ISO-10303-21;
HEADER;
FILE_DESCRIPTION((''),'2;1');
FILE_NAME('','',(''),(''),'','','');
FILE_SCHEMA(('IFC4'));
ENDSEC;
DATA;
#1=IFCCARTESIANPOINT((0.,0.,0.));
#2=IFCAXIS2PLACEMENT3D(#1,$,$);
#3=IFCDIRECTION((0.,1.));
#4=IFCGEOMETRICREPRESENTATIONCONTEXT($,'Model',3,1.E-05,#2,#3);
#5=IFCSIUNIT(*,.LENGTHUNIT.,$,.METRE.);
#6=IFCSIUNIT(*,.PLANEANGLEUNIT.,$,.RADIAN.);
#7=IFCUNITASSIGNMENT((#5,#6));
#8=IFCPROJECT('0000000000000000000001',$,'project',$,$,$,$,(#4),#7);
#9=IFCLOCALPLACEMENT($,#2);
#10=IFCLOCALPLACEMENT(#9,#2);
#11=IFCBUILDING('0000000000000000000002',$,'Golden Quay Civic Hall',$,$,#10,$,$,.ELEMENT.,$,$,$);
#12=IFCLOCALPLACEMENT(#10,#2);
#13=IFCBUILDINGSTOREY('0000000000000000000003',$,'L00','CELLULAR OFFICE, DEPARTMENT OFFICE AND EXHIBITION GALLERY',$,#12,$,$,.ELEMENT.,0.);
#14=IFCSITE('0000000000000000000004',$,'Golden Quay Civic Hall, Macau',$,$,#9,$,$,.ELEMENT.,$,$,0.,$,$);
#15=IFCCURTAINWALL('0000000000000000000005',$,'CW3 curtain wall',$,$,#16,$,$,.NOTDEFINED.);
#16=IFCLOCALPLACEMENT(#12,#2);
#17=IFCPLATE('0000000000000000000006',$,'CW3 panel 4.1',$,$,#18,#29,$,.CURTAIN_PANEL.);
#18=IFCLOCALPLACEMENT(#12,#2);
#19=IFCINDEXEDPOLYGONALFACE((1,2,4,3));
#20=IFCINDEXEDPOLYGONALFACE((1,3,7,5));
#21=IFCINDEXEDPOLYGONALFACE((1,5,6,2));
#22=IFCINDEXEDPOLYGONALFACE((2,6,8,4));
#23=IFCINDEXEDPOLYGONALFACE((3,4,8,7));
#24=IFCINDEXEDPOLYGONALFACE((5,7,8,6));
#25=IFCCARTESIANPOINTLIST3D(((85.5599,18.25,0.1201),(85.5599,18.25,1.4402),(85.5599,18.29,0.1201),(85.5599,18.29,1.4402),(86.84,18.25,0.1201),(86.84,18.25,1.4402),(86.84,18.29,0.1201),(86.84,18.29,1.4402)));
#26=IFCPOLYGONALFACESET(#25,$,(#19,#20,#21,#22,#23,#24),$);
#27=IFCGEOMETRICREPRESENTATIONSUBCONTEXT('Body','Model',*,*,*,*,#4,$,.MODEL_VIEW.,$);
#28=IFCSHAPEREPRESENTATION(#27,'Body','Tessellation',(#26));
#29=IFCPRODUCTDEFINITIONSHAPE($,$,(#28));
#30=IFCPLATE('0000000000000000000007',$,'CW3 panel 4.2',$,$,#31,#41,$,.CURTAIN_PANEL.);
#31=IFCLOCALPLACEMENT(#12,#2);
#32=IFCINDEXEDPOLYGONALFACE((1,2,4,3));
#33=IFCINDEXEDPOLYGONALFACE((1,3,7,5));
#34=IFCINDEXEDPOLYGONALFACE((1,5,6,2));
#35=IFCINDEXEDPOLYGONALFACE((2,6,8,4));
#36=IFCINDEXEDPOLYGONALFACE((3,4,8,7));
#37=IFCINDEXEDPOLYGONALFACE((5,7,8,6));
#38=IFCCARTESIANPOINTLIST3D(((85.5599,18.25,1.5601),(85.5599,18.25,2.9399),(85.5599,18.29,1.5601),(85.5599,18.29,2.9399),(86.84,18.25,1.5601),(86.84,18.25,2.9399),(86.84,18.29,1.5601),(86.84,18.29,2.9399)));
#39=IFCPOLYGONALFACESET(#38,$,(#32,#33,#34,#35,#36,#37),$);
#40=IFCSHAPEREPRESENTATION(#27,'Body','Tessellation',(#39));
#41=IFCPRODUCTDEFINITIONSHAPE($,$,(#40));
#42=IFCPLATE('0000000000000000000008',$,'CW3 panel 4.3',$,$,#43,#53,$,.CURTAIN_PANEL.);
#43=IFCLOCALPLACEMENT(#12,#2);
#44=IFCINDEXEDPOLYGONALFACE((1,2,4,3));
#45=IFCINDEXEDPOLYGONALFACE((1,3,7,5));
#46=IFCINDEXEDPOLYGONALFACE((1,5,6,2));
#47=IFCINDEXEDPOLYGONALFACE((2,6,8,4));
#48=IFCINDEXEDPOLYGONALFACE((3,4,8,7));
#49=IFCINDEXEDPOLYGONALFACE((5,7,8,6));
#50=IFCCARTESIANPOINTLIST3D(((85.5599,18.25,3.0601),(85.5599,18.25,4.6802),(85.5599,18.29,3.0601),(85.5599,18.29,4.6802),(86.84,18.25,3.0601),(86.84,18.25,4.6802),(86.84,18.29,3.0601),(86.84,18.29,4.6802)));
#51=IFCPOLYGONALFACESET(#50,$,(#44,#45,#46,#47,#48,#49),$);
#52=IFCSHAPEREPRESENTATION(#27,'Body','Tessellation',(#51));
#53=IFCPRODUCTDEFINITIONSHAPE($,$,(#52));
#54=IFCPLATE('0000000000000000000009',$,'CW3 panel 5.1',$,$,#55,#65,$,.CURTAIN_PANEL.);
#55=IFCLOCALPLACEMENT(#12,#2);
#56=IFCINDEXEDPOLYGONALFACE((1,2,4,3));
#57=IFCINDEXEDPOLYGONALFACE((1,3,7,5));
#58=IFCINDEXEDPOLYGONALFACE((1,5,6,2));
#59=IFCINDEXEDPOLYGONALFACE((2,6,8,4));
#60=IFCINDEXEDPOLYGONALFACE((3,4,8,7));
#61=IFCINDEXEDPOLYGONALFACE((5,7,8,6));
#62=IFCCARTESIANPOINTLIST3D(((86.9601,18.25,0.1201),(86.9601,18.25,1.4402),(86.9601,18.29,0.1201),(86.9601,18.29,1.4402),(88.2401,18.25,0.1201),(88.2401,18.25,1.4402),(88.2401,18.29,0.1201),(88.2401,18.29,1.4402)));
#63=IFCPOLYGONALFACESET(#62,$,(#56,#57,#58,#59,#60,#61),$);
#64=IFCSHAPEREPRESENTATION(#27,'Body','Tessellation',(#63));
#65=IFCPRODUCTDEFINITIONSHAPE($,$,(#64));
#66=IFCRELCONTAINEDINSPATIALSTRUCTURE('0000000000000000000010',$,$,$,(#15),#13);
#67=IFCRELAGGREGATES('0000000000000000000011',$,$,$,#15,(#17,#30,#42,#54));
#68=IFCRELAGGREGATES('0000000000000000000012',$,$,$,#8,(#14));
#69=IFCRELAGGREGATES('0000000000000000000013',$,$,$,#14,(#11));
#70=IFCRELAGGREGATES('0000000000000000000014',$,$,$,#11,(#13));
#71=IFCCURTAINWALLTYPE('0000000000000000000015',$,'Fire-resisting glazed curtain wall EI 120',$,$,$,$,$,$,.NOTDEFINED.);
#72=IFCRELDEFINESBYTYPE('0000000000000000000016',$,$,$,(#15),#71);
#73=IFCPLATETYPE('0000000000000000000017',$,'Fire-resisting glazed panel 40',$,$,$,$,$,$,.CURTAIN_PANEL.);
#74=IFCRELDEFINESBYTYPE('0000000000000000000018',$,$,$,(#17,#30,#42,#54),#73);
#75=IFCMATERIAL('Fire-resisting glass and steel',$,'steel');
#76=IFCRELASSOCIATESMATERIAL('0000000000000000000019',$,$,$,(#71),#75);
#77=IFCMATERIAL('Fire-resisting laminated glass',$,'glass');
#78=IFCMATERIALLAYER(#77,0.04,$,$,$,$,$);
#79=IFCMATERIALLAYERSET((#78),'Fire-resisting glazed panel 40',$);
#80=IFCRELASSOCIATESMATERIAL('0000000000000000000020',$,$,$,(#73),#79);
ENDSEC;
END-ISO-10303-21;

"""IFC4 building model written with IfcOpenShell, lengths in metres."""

from ifc_helpers import new_model, si_unit, direction, frame, origin, origin_2d, place, context, subcontext, project, spatial, rectangle, extrude, material, layer, layer_set, type_object, element, aggregate, save


model = new_model("IFC4")

# Units and contexts
model_context = context("Model", 3, precision=1e-05, world=origin(), true_north=direction((0.0, 1.0)))
body_context = subcontext(model_context, "Body", "Model", "MODEL_VIEW")
ifc_project = project(units=[si_unit("LENGTHUNIT", "METRE"), si_unit("PLANEANGLEUNIT", "RADIAN")], contexts=[model_context])

# Site, building, storey
site_placement = place(None, origin())
site = spatial("IfcSite", under=ifc_project, at=site_placement, Name="Golden Quay Civic Hall, Macau", CompositionType="ELEMENT", RefElevation=0.0)
building_placement = place(site_placement, origin())
building = spatial("IfcBuilding", under=site, at=building_placement, Name="Golden Quay Civic Hall", CompositionType="ELEMENT")
storey_placement = place(building_placement, origin())
storey = spatial("IfcBuildingStorey", under=building, at=storey_placement, Name="L00", Description="CELLULAR OFFICE, DEPARTMENT OFFICE AND EXHIBITION GALLERY", CompositionType="ELEMENT", Elevation=0.0)

# Curtain wall, plates
ifc_material_1 = material(Name="Fire-resisting glass and steel", Category="steel")
curtain_wall_type = type_object("IfcCurtainWallType", Name="Fire-resisting glazed curtain wall EI 120", PredefinedType="NOTDEFINED", material=ifc_material_1)
curtain_wall_placement = place(storey_placement, origin())
curtain_wall = element("IfcCurtainWall", 1, at=curtain_wall_placement, inside=storey, type_object=curtain_wall_type, Name="CW3 curtain wall", PredefinedType="NOTDEFINED")
ifc_material_2 = material(Name="Fire-resisting laminated glass", Category="glass")
ifc_layer = layer(ifc_material_2, 0.04)
ifc_layer_set = layer_set([ifc_layer], Name="Fire-resisting glazed panel 40")
plate_type = type_object("IfcPlateType", Name="Fire-resisting glazed panel 40", PredefinedType="CURTAIN_PANEL", material=ifc_layer_set)
plate_1_placement = place(storey_placement, frame((86.2, 18.27, 0.1201), z_axis=(0.0, 0.0, 1.0), x_axis=(1.0, 0.0, 0.0)))
plate_1 = element("IfcPlate", 2, at=plate_1_placement, type_object=plate_type, Name="CW3 panel 4.1", PredefinedType="CURTAIN_PANEL", context=body_context, shape_type="SweptSolid", body=[
    extrude(rectangle(XDim=1.28, YDim=0.04, at=origin_2d()), origin(), (0.0, 0.0, 1.0), 1.3201),
])
plate_2_placement = place(storey_placement, frame((86.2, 18.27, 1.5601), z_axis=(0.0, 0.0, 1.0), x_axis=(1.0, 0.0, 0.0)))
plate_2 = element("IfcPlate", 3, at=plate_2_placement, type_object=plate_type, Name="CW3 panel 4.2", PredefinedType="CURTAIN_PANEL", context=body_context, shape_type="SweptSolid", body=[
    extrude(rectangle(XDim=1.28, YDim=0.04, at=origin_2d()), origin(), (0.0, 0.0, 1.0), 1.3799),
])
plate_3_placement = place(storey_placement, frame((86.2, 18.27, 3.0601), z_axis=(0.0, 0.0, 1.0), x_axis=(1.0, 0.0, 0.0)))
plate_3 = element("IfcPlate", 4, at=plate_3_placement, type_object=plate_type, Name="CW3 panel 4.3", PredefinedType="CURTAIN_PANEL", context=body_context, shape_type="SweptSolid", body=[
    extrude(rectangle(XDim=1.28, YDim=0.04, at=origin_2d()), origin(), (0.0, 0.0, 1.0), 1.6201),
])
plate_4_placement = place(storey_placement, frame((87.6001, 18.27, 0.1201), z_axis=(0.0, 0.0, 1.0), x_axis=(1.0, 0.0, 0.0)))
plate_4 = element("IfcPlate", 5, at=plate_4_placement, type_object=plate_type, Name="CW3 panel 5.1", PredefinedType="CURTAIN_PANEL", context=body_context, shape_type="SweptSolid", body=[
    extrude(rectangle(XDim=1.28, YDim=0.04, at=origin_2d()), origin(), (0.0, 0.0, 1.0), 1.3201),
])
aggregate(curtain_wall, [plate_1, plate_2, plate_3, plate_4])

save(model, "model.ifc")
